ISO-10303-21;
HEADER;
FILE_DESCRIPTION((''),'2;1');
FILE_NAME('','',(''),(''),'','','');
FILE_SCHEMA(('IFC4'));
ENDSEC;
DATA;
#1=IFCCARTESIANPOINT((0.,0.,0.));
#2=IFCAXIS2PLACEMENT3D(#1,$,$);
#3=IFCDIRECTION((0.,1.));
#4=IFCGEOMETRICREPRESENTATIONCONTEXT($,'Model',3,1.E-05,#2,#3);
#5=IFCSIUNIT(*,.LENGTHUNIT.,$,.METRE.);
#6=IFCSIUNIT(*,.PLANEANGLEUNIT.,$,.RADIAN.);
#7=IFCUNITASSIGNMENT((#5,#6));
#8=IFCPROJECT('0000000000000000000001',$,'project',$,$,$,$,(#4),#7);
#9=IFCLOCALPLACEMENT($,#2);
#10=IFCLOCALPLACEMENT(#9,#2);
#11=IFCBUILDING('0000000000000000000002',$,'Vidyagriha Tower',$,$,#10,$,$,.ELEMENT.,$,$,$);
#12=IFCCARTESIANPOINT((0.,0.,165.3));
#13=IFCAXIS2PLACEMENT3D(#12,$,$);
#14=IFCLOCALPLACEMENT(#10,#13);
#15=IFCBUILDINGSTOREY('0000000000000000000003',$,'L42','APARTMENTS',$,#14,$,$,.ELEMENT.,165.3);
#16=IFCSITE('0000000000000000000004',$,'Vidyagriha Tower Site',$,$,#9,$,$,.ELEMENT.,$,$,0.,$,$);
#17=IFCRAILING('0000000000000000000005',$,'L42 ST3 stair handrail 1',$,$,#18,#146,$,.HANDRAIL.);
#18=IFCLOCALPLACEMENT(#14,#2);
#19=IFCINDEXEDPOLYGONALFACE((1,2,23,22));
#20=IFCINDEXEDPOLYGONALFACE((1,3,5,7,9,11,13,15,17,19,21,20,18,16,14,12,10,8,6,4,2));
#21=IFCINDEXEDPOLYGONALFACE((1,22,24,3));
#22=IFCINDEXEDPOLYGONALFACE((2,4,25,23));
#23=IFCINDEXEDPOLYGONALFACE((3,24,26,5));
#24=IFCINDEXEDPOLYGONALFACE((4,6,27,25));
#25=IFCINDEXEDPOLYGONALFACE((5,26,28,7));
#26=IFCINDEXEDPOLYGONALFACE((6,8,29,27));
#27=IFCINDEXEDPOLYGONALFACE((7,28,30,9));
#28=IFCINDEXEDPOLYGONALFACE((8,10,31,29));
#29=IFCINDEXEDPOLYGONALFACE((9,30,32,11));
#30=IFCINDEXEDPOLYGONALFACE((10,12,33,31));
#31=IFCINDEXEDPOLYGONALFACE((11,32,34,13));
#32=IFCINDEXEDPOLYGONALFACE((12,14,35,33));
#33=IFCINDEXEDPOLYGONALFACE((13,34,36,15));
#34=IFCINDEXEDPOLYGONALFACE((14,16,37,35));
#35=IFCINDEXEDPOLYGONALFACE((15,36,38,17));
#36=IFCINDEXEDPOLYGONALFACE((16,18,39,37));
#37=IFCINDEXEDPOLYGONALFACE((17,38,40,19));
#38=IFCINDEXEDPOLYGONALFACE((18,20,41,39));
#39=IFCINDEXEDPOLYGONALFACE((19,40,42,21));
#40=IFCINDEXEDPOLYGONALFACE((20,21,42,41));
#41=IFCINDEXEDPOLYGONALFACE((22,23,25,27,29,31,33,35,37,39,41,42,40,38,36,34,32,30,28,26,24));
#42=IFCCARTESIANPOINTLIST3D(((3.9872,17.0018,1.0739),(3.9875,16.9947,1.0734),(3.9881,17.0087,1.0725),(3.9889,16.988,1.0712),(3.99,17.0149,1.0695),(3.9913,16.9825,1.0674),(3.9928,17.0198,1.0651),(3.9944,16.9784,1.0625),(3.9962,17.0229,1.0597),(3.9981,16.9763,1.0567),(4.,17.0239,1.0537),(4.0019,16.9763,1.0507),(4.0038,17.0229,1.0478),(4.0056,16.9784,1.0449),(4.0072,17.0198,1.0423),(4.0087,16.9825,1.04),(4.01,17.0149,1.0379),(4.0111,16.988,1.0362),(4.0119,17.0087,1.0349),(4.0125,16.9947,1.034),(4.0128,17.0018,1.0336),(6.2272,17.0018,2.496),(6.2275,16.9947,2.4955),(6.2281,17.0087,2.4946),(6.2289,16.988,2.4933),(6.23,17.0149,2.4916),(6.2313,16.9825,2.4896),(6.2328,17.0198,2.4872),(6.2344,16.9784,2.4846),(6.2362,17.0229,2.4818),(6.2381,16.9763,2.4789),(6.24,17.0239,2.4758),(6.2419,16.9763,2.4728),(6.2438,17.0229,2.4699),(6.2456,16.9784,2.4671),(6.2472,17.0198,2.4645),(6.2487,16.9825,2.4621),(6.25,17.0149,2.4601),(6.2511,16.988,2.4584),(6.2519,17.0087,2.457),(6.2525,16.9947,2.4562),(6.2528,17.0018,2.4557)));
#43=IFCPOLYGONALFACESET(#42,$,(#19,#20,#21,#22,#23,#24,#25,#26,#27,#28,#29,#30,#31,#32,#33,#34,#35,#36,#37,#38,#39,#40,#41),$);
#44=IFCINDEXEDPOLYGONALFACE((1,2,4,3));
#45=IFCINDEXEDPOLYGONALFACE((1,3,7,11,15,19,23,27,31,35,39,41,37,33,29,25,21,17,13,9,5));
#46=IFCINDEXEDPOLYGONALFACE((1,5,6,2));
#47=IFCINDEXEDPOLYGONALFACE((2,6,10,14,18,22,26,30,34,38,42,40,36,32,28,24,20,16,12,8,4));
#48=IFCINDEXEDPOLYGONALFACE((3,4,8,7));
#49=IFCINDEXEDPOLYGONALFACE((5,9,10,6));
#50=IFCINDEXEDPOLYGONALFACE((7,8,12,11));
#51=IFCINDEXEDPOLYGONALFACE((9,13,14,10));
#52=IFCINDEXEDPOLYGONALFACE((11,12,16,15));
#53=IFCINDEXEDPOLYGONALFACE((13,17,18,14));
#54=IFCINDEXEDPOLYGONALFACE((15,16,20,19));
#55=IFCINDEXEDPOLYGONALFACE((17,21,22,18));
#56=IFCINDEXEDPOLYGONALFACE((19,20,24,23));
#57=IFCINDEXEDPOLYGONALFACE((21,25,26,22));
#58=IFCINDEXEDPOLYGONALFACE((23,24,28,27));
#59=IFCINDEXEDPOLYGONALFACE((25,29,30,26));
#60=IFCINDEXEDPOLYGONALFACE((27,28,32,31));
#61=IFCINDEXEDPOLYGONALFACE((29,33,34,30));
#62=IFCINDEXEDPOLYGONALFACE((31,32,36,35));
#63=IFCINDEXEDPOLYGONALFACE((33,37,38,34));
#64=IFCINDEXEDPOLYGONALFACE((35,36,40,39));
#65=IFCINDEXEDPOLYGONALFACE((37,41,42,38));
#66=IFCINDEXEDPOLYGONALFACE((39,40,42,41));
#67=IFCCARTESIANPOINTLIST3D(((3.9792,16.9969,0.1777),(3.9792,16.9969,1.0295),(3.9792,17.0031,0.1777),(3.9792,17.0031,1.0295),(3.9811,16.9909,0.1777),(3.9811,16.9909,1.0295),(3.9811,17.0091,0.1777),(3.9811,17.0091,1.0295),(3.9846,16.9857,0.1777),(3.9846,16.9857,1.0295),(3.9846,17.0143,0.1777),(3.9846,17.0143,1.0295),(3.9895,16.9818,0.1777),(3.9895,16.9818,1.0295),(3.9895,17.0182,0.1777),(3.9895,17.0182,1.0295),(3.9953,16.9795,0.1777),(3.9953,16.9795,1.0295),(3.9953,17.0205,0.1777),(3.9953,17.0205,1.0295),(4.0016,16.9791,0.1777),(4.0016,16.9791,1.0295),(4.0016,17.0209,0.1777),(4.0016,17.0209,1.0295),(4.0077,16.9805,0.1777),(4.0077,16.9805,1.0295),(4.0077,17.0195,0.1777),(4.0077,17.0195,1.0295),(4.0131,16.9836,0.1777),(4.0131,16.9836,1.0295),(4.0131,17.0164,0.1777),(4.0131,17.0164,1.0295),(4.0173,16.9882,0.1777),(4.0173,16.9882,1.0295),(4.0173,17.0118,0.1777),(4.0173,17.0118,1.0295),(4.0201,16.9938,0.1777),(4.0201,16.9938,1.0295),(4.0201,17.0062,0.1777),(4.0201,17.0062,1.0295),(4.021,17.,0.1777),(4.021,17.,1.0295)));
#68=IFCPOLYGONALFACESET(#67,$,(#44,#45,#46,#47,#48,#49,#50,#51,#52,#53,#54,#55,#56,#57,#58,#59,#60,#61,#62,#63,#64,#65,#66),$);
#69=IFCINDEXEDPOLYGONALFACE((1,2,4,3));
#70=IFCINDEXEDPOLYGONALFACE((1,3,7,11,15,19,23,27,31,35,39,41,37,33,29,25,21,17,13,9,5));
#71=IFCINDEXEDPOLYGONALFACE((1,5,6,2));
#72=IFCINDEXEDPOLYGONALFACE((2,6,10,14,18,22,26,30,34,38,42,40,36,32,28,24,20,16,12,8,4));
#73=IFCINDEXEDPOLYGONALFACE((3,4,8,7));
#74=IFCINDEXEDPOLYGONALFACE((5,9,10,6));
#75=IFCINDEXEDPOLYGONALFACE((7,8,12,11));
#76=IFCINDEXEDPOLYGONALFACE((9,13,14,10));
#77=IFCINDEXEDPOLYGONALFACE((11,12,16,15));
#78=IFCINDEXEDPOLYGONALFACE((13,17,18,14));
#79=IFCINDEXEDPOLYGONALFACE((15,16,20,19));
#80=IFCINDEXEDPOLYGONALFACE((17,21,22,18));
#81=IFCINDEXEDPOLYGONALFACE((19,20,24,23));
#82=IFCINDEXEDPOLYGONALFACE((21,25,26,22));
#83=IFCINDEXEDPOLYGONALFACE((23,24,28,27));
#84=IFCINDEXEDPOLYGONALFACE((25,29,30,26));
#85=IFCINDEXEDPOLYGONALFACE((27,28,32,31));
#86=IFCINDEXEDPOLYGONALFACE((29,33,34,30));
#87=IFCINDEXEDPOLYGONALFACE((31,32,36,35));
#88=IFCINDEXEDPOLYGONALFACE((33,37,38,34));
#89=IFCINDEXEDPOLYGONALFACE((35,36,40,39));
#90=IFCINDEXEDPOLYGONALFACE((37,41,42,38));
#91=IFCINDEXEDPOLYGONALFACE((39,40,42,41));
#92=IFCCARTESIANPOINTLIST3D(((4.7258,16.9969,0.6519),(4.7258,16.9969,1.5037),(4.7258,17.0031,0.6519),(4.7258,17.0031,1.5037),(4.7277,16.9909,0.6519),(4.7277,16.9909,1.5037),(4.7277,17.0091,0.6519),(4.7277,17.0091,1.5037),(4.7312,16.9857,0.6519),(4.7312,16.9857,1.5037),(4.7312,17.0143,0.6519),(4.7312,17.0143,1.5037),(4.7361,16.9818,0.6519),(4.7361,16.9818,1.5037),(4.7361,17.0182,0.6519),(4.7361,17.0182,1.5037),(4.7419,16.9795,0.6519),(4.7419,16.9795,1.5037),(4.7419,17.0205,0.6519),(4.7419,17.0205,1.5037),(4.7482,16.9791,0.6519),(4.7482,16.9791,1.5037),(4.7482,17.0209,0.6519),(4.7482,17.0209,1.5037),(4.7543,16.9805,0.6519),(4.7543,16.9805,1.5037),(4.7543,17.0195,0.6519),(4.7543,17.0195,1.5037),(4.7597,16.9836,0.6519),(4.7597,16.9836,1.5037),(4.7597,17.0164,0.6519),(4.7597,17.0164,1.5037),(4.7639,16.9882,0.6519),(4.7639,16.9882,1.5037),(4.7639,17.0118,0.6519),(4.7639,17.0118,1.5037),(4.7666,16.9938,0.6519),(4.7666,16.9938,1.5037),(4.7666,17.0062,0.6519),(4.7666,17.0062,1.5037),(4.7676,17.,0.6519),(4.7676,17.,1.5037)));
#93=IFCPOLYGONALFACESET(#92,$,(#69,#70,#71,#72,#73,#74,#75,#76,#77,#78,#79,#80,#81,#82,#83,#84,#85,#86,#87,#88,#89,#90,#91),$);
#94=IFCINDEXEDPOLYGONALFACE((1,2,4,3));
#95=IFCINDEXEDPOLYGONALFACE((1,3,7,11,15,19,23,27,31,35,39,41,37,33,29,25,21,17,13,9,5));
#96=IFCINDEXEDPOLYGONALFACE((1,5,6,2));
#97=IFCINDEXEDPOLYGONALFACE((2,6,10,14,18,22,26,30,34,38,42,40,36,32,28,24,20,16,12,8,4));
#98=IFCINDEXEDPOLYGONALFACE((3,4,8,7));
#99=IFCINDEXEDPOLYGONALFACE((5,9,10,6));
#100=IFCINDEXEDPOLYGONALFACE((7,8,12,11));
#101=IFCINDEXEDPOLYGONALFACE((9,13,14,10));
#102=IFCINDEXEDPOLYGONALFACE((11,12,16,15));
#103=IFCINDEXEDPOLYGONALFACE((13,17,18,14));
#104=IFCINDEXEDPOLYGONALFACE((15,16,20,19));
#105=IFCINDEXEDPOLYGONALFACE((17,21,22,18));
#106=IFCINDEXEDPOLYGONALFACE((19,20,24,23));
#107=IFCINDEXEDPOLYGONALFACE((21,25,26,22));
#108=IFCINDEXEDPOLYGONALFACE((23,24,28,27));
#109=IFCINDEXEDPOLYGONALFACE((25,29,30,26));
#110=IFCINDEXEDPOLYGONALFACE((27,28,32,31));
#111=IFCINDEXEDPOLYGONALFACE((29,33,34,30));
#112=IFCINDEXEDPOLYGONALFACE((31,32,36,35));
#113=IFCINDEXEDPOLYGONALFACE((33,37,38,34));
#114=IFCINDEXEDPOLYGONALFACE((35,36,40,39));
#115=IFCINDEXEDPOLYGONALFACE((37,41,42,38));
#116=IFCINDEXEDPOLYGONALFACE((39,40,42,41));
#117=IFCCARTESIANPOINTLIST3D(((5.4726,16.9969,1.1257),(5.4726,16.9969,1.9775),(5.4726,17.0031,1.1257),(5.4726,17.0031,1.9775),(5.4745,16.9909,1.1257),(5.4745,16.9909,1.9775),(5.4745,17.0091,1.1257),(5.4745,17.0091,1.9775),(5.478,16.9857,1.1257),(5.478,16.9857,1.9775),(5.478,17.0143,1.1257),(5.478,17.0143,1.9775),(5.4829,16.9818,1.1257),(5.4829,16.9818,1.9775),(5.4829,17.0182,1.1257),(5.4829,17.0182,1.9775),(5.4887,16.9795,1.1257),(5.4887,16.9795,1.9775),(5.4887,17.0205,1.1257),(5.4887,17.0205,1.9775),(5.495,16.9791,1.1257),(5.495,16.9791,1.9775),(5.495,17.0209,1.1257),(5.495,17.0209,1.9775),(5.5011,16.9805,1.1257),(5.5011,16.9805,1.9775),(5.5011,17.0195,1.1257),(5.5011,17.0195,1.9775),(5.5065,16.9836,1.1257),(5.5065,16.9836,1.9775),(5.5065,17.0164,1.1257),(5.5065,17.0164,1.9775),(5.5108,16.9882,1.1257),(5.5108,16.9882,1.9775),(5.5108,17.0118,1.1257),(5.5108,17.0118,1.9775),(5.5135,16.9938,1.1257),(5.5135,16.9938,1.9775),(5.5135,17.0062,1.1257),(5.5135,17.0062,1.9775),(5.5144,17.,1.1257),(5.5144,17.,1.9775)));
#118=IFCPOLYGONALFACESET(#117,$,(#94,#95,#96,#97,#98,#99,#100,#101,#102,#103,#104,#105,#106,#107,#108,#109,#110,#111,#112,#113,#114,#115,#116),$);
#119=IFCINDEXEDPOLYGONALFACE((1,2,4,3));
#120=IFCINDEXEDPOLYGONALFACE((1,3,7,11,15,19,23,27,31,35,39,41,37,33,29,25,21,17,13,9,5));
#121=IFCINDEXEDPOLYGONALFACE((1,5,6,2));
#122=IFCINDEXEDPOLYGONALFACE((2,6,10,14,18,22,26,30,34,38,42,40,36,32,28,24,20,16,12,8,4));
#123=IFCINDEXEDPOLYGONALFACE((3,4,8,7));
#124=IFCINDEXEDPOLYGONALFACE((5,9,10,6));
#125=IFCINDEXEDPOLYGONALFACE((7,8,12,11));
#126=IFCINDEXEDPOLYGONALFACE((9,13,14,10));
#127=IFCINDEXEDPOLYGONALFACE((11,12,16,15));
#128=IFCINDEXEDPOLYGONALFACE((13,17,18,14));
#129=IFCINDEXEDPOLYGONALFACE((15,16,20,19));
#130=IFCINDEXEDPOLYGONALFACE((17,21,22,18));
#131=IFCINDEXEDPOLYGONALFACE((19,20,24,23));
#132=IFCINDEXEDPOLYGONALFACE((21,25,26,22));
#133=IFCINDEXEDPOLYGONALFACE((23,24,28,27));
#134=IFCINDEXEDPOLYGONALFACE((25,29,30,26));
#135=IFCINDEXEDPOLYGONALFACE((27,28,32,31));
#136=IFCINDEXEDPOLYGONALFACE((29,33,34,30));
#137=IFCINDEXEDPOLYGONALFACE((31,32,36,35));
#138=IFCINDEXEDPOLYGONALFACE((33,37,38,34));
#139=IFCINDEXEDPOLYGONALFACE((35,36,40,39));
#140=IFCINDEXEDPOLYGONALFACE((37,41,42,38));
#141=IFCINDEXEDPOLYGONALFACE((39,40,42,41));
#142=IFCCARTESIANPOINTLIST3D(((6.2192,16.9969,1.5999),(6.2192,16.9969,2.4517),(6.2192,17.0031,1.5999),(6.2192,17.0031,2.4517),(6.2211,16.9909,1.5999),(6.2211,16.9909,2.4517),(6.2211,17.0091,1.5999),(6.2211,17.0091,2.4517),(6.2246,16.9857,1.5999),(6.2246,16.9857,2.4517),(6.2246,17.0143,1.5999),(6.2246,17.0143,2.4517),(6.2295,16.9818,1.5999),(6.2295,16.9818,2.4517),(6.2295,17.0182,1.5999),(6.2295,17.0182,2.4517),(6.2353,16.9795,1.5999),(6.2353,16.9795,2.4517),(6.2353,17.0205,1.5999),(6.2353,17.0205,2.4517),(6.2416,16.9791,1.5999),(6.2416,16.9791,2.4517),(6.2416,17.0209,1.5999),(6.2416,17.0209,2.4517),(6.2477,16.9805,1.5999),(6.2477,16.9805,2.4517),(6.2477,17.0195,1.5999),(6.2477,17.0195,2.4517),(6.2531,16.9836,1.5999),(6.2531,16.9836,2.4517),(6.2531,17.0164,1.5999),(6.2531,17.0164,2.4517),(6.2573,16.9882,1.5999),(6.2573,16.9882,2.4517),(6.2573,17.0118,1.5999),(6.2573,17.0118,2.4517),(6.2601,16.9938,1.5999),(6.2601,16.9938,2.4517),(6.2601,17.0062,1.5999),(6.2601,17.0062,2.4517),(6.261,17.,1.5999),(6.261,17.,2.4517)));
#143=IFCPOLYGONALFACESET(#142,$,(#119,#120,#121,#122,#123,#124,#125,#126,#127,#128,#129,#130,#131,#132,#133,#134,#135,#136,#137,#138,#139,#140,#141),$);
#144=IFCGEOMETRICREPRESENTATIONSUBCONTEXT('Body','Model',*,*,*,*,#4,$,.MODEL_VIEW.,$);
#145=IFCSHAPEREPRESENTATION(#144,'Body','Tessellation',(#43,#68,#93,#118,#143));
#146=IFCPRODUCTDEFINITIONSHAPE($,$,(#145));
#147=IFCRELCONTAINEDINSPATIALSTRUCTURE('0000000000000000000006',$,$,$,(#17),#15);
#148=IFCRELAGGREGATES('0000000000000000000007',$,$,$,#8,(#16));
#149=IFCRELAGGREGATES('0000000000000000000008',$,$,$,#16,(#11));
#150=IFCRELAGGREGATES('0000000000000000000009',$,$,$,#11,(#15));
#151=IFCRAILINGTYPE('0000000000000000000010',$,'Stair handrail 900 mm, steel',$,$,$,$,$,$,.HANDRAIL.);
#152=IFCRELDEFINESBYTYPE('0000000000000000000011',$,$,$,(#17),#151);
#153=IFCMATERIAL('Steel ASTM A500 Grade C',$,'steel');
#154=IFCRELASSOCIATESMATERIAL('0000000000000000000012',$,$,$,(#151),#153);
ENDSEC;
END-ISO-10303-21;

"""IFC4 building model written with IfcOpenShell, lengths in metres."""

from ifc_helpers import new_model, si_unit, direction, frame, origin, origin_2d, place, context, subcontext, project, spatial, circle, extrude, material, type_object, element, save


model = new_model("IFC4")

# Units and contexts
model_context = context("Model", 3, precision=1e-05, world=origin(), true_north=direction((0.0, 1.0)))
body_context = subcontext(model_context, "Body", "Model", "MODEL_VIEW")
ifc_project = project(units=[si_unit("LENGTHUNIT", "METRE"), si_unit("PLANEANGLEUNIT", "RADIAN")], contexts=[model_context])

# Site, building, storey
site_placement = place(None, origin())
site = spatial("IfcSite", under=ifc_project, at=site_placement, Name="Vidyagriha Tower Site", CompositionType="ELEMENT", RefElevation=0.0)
building_placement = place(site_placement, origin())
building = spatial("IfcBuilding", under=site, at=building_placement, Name="Vidyagriha Tower", CompositionType="ELEMENT")
storey_placement = place(building_placement, frame((0.0, 0.0, 165.3)))
storey = spatial("IfcBuildingStorey", under=building, at=storey_placement, Name="L42", Description="APARTMENTS", CompositionType="ELEMENT", Elevation=165.3)

# Railing
ifc_material_1 = material(Name="Steel ASTM A500 Grade C", Category="steel")
railing_type_1 = type_object("IfcRailingType", Name="Stair handrail 900 mm, steel", PredefinedType="HANDRAIL", material=ifc_material_1)
railing_1_placement = place(storey_placement, frame((4.0, 17.0, 0.1777)))
element("IfcRailing", 1, at=railing_1_placement, inside=storey, type_object=railing_type_1, Name="L42 ST3 stair handrail 1", PredefinedType="HANDRAIL", context=body_context, shape_type="SweptSolid", body=[
    extrude(circle(Radius=0.0239, at=origin_2d()), frame((0.0, 0.0, 0.876), z_axis=(0.844229, 0.0, 0.535982), x_axis=(0.0, 1.0, 0.0)), (0.0, 0.0, 1.0), 2.6533),
    extrude(circle(Radius=0.021, at=origin_2d()), origin(), (0.0, 0.0, 1.0), 0.8518),
    extrude(circle(Radius=0.021, at=origin_2d()), frame((0.7466, 0.0, 0.4741)), (0.0, 0.0, 1.0), 0.8518),
    extrude(circle(Radius=0.021, at=origin_2d()), frame((1.4934, 0.0, 0.948)), (0.0, 0.0, 1.0), 0.8518),
    extrude(circle(Radius=0.021, at=origin_2d()), frame((2.24, 0.0, 1.4221)), (0.0, 0.0, 1.0), 0.8518),
])

save(model, "model.ifc")
